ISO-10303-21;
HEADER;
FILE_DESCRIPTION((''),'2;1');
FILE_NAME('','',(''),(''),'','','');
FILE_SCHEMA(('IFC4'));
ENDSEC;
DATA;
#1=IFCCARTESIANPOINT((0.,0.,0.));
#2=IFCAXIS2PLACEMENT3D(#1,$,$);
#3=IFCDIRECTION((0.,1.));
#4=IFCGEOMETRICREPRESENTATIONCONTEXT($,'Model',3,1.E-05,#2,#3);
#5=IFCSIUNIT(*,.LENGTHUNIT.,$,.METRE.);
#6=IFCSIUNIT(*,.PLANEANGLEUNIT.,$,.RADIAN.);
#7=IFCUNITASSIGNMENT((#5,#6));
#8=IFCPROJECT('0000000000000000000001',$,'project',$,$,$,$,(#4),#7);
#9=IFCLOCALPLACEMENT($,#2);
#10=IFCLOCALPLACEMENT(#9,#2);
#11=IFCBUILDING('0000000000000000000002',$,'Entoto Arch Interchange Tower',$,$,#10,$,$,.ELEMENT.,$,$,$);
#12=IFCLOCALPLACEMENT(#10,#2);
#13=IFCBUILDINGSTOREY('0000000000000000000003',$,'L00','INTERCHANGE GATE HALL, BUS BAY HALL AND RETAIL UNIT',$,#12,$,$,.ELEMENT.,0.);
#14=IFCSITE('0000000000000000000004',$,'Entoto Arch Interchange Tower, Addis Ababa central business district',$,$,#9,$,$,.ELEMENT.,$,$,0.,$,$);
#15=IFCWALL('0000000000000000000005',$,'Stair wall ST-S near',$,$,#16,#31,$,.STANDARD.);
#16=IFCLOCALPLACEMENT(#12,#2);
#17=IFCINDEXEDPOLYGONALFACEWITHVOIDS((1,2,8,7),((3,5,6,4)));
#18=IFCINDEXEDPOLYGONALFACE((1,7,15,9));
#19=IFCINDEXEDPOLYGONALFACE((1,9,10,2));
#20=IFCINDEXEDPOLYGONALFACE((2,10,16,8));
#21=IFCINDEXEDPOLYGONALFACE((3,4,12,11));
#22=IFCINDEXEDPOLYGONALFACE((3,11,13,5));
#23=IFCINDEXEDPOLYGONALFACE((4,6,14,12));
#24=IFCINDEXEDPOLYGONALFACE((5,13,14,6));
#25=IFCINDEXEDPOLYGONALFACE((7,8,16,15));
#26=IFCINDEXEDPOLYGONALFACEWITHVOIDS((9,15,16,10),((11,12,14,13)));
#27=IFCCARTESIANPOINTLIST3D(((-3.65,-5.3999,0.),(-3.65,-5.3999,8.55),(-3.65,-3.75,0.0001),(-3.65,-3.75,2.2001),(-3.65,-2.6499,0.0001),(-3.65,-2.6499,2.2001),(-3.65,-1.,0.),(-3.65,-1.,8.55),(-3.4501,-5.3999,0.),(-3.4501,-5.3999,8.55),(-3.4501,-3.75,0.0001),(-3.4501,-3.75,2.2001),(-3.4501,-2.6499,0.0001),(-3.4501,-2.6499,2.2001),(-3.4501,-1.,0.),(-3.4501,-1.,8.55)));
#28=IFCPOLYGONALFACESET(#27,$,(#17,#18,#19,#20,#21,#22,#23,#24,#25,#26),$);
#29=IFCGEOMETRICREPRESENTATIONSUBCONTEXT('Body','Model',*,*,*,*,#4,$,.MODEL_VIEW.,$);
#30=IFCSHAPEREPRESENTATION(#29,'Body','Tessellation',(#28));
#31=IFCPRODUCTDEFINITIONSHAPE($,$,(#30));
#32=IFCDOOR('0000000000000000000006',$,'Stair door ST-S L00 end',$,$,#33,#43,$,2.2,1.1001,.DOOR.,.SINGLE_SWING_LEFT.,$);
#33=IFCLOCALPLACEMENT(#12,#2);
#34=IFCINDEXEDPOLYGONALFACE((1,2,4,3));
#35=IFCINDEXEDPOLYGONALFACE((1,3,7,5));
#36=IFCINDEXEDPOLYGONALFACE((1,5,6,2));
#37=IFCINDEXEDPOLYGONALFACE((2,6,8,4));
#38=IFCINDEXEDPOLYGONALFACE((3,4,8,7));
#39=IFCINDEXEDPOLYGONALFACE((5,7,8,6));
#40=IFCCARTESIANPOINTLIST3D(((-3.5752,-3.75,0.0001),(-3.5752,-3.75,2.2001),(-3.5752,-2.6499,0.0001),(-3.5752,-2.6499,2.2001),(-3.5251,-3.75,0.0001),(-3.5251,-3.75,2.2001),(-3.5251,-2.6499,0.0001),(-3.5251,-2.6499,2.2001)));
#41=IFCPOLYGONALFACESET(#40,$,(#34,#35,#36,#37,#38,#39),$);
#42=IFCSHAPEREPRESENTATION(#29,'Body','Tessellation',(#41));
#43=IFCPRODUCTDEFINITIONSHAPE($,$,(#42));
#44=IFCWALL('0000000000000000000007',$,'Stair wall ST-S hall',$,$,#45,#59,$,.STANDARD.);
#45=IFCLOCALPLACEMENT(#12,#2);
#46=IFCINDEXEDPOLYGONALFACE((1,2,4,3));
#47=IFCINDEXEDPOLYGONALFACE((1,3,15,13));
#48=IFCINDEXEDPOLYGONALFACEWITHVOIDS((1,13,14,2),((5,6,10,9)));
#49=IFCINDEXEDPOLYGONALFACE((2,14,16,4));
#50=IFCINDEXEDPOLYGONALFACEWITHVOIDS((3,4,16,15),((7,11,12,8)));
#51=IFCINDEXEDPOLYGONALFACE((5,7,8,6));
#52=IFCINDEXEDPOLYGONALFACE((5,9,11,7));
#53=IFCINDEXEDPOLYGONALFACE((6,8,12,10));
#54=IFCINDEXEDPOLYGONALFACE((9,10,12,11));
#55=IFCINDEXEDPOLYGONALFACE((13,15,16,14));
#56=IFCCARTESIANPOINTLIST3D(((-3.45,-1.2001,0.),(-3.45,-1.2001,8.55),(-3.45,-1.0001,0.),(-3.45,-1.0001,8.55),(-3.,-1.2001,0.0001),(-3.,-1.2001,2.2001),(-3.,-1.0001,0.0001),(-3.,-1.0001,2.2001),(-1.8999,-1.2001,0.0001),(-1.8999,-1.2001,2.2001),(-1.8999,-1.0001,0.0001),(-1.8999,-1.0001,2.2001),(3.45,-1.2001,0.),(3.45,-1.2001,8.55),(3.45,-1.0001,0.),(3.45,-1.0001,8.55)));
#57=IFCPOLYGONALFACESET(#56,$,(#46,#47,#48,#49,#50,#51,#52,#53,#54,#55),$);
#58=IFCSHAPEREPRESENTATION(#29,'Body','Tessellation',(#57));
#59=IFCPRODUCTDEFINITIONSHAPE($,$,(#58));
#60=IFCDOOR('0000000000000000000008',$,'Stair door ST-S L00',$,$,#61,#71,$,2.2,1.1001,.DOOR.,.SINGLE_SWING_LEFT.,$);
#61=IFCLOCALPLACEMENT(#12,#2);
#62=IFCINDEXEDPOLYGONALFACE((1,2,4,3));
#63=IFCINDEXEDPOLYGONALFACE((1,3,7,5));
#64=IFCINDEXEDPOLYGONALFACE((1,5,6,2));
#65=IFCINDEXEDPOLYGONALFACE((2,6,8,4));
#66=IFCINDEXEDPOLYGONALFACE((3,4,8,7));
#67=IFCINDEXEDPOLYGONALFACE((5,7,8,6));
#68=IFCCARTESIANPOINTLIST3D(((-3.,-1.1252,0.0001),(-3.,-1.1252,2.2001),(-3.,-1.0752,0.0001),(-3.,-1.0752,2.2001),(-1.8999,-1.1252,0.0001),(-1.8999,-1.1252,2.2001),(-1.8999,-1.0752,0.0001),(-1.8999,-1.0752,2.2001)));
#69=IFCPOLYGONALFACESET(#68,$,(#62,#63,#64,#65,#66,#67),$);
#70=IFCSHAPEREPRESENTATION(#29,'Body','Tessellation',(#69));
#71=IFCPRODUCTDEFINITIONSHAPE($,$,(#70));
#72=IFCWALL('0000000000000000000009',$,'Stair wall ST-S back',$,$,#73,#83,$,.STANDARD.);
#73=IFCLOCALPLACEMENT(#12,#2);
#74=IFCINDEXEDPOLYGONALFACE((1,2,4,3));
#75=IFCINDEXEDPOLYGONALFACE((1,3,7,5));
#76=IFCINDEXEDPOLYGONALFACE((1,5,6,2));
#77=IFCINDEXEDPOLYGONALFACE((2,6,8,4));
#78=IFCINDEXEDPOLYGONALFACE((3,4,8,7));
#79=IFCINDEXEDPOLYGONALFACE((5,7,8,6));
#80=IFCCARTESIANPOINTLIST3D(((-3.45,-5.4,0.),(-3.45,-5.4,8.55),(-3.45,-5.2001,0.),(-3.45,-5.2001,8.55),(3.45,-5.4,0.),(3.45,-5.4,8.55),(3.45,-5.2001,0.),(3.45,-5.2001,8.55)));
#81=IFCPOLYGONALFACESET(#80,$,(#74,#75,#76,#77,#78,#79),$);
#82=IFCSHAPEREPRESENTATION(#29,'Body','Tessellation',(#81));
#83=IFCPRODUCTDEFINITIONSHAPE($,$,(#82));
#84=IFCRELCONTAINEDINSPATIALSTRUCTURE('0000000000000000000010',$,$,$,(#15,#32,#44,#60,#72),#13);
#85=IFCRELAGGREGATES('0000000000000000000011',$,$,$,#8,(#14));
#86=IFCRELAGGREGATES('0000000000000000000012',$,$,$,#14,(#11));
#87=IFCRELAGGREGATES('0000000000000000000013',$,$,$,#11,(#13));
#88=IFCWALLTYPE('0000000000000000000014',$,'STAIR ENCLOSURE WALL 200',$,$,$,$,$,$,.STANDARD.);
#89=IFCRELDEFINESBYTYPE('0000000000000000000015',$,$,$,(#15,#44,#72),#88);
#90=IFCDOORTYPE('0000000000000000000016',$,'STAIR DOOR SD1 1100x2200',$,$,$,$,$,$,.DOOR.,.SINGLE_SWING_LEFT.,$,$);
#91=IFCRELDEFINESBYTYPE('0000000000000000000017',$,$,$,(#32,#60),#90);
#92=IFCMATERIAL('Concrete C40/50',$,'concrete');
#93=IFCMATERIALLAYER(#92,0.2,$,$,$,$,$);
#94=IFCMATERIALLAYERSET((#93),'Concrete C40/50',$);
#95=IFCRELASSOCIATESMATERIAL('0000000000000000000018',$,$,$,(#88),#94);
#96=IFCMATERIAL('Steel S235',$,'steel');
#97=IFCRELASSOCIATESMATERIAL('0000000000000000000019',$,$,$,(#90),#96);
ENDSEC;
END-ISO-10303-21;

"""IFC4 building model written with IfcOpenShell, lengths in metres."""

from ifc_helpers import new_model, si_unit, direction, frame, frame_2d, origin, place, context, subcontext, project, spatial, rectangle, extrude, material, layer, layer_set, type_object, element, fill, save


model = new_model("IFC4")

# Units and contexts
model_context = context("Model", 3, precision=1e-05, world=origin(), true_north=direction((0.0, 1.0)))
body_context = subcontext(model_context, "Body", "Model", "MODEL_VIEW")
ifc_project = project(units=[si_unit("LENGTHUNIT", "METRE"), si_unit("PLANEANGLEUNIT", "RADIAN")], contexts=[model_context])

# Site, building, storey
site_placement = place(None, origin())
site = spatial("IfcSite", under=ifc_project, at=site_placement, Name="Entoto Arch Interchange Tower, Addis Ababa central business district", CompositionType="ELEMENT", RefElevation=0.0)
building_placement = place(site_placement, origin())
building = spatial("IfcBuilding", under=site, at=building_placement, Name="Entoto Arch Interchange Tower", CompositionType="ELEMENT")
storey_placement = place(building_placement, origin())
storey = spatial("IfcBuildingStorey", under=building, at=storey_placement, Name="L00", Description="INTERCHANGE GATE HALL, BUS BAY HALL AND RETAIL UNIT", CompositionType="ELEMENT", Elevation=0.0)

# Shared definitions
ifc_material_1 = material(Name="Concrete C40/50", Category="concrete")

# Walls, openings, doors
ifc_layer_1 = layer(ifc_material_1, 0.2)
ifc_layer_set_1 = layer_set([ifc_layer_1], Name="Concrete C40/50")
wall_type_1 = type_object("IfcWallType", Name="STAIR ENCLOSURE WALL 200", PredefinedType="STANDARD", material=ifc_layer_set_1)
wall_1_placement = place(storey_placement, frame((-3.55, -1.0, 0.0), z_axis=(0.0, 0.0, 1.0), x_axis=(0.0, -1.0, 0.0)))
wall_1 = element("IfcWall", 1, at=wall_1_placement, inside=storey, type_object=wall_type_1, Name="Stair wall ST-S near", PredefinedType="STANDARD", context=body_context, shape_type="SweptSolid", body=[
    extrude(rectangle(XDim=4.3999, YDim=0.2, at=frame_2d((2.2, 0.0))), origin(), (0.0, 0.0, 1.0), 8.55),
])
opening_1_placement = place(wall_1_placement, frame((1.6499, 0.0, 0.0)))
opening_1 = element("IfcOpeningElement", 2, at=opening_1_placement, cuts=wall_1, PredefinedType="OPENING", context=body_context, shape_type="SweptSolid", body=[
    extrude(rectangle(XDim=1.1001, YDim=2.2, at=frame_2d((0.55, 1.1001))), frame((0.0, 0.1099, 0.0), z_axis=(0.0, -1.0, 0.0), x_axis=(1.0, 0.0, 0.0)), (0.0, 0.0, 1.0), 0.22),
])
ifc_material_2 = material(Name="Steel S235", Category="steel")
door_type_1 = type_object("IfcDoorType", Name="STAIR DOOR SD1 1100x2200", OperationType="SINGLE_SWING_LEFT", PredefinedType="DOOR", material=ifc_material_2)
door_1_placement = place(opening_1_placement, origin())
door_1 = element("IfcDoor", 3, at=door_1_placement, inside=storey, type_object=door_type_1, Name="Stair door ST-S L00 end", OperationType="SINGLE_SWING_LEFT", OverallHeight=2.2, OverallWidth=1.1001, PredefinedType="DOOR", context=body_context, shape_type="SweptSolid", body=[
    extrude(rectangle(XDim=1.1001, YDim=2.2, at=frame_2d((0.55, 1.1001))), frame((0.0, 0.0249, 0.0), z_axis=(0.0, -1.0, 0.0), x_axis=(1.0, 0.0, 0.0)), (0.0, 0.0, 1.0), 0.05),
])
fill(opening_1, door_1)
wall_2_placement = place(storey_placement, frame((-3.45, -1.1001, 0.0), z_axis=(0.0, 0.0, 1.0), x_axis=(1.0, 0.0, 0.0)))
wall_2 = element("IfcWall", 4, at=wall_2_placement, inside=storey, type_object=wall_type_1, Name="Stair wall ST-S hall", PredefinedType="STANDARD", context=body_context, shape_type="SweptSolid", body=[
    extrude(rectangle(XDim=6.8999, YDim=0.2, at=frame_2d((3.45, 0.0))), origin(), (0.0, 0.0, 1.0), 8.55),
])
opening_2_placement = place(wall_2_placement, frame((0.45, 0.0, 0.0)))
opening_2 = element("IfcOpeningElement", 5, at=opening_2_placement, cuts=wall_2, PredefinedType="OPENING", context=body_context, shape_type="SweptSolid", body=[
    extrude(rectangle(XDim=1.1001, YDim=2.2, at=frame_2d((0.55, 1.1001))), frame((0.0, 0.1099, 0.0), z_axis=(0.0, -1.0, 0.0), x_axis=(1.0, 0.0, 0.0)), (0.0, 0.0, 1.0), 0.22),
])
door_2_placement = place(opening_2_placement, origin())
door_2 = element("IfcDoor", 6, at=door_2_placement, inside=storey, type_object=door_type_1, Name="Stair door ST-S L00", OperationType="SINGLE_SWING_LEFT", OverallHeight=2.2, OverallWidth=1.1001, PredefinedType="DOOR", context=body_context, shape_type="SweptSolid", body=[
    extrude(rectangle(XDim=1.1001, YDim=2.2, at=frame_2d((0.55, 1.1001))), frame((0.0, 0.0249, 0.0), z_axis=(0.0, -1.0, 0.0), x_axis=(1.0, 0.0, 0.0)), (0.0, 0.0, 1.0), 0.05),
])
fill(opening_2, door_2)

# Wall
wall_3_placement = place(storey_placement, frame((-3.45, -5.3, 0.0), z_axis=(0.0, 0.0, 1.0), x_axis=(1.0, 0.0, 0.0)))
element("IfcWall", 7, at=wall_3_placement, inside=storey, type_object=wall_type_1, Name="Stair wall ST-S back", PredefinedType="STANDARD", context=body_context, shape_type="SweptSolid", body=[
    extrude(rectangle(XDim=6.8999, YDim=0.2, at=frame_2d((3.45, 0.0))), origin(), (0.0, 0.0, 1.0), 8.55),
])

save(model, "model.ifc")
